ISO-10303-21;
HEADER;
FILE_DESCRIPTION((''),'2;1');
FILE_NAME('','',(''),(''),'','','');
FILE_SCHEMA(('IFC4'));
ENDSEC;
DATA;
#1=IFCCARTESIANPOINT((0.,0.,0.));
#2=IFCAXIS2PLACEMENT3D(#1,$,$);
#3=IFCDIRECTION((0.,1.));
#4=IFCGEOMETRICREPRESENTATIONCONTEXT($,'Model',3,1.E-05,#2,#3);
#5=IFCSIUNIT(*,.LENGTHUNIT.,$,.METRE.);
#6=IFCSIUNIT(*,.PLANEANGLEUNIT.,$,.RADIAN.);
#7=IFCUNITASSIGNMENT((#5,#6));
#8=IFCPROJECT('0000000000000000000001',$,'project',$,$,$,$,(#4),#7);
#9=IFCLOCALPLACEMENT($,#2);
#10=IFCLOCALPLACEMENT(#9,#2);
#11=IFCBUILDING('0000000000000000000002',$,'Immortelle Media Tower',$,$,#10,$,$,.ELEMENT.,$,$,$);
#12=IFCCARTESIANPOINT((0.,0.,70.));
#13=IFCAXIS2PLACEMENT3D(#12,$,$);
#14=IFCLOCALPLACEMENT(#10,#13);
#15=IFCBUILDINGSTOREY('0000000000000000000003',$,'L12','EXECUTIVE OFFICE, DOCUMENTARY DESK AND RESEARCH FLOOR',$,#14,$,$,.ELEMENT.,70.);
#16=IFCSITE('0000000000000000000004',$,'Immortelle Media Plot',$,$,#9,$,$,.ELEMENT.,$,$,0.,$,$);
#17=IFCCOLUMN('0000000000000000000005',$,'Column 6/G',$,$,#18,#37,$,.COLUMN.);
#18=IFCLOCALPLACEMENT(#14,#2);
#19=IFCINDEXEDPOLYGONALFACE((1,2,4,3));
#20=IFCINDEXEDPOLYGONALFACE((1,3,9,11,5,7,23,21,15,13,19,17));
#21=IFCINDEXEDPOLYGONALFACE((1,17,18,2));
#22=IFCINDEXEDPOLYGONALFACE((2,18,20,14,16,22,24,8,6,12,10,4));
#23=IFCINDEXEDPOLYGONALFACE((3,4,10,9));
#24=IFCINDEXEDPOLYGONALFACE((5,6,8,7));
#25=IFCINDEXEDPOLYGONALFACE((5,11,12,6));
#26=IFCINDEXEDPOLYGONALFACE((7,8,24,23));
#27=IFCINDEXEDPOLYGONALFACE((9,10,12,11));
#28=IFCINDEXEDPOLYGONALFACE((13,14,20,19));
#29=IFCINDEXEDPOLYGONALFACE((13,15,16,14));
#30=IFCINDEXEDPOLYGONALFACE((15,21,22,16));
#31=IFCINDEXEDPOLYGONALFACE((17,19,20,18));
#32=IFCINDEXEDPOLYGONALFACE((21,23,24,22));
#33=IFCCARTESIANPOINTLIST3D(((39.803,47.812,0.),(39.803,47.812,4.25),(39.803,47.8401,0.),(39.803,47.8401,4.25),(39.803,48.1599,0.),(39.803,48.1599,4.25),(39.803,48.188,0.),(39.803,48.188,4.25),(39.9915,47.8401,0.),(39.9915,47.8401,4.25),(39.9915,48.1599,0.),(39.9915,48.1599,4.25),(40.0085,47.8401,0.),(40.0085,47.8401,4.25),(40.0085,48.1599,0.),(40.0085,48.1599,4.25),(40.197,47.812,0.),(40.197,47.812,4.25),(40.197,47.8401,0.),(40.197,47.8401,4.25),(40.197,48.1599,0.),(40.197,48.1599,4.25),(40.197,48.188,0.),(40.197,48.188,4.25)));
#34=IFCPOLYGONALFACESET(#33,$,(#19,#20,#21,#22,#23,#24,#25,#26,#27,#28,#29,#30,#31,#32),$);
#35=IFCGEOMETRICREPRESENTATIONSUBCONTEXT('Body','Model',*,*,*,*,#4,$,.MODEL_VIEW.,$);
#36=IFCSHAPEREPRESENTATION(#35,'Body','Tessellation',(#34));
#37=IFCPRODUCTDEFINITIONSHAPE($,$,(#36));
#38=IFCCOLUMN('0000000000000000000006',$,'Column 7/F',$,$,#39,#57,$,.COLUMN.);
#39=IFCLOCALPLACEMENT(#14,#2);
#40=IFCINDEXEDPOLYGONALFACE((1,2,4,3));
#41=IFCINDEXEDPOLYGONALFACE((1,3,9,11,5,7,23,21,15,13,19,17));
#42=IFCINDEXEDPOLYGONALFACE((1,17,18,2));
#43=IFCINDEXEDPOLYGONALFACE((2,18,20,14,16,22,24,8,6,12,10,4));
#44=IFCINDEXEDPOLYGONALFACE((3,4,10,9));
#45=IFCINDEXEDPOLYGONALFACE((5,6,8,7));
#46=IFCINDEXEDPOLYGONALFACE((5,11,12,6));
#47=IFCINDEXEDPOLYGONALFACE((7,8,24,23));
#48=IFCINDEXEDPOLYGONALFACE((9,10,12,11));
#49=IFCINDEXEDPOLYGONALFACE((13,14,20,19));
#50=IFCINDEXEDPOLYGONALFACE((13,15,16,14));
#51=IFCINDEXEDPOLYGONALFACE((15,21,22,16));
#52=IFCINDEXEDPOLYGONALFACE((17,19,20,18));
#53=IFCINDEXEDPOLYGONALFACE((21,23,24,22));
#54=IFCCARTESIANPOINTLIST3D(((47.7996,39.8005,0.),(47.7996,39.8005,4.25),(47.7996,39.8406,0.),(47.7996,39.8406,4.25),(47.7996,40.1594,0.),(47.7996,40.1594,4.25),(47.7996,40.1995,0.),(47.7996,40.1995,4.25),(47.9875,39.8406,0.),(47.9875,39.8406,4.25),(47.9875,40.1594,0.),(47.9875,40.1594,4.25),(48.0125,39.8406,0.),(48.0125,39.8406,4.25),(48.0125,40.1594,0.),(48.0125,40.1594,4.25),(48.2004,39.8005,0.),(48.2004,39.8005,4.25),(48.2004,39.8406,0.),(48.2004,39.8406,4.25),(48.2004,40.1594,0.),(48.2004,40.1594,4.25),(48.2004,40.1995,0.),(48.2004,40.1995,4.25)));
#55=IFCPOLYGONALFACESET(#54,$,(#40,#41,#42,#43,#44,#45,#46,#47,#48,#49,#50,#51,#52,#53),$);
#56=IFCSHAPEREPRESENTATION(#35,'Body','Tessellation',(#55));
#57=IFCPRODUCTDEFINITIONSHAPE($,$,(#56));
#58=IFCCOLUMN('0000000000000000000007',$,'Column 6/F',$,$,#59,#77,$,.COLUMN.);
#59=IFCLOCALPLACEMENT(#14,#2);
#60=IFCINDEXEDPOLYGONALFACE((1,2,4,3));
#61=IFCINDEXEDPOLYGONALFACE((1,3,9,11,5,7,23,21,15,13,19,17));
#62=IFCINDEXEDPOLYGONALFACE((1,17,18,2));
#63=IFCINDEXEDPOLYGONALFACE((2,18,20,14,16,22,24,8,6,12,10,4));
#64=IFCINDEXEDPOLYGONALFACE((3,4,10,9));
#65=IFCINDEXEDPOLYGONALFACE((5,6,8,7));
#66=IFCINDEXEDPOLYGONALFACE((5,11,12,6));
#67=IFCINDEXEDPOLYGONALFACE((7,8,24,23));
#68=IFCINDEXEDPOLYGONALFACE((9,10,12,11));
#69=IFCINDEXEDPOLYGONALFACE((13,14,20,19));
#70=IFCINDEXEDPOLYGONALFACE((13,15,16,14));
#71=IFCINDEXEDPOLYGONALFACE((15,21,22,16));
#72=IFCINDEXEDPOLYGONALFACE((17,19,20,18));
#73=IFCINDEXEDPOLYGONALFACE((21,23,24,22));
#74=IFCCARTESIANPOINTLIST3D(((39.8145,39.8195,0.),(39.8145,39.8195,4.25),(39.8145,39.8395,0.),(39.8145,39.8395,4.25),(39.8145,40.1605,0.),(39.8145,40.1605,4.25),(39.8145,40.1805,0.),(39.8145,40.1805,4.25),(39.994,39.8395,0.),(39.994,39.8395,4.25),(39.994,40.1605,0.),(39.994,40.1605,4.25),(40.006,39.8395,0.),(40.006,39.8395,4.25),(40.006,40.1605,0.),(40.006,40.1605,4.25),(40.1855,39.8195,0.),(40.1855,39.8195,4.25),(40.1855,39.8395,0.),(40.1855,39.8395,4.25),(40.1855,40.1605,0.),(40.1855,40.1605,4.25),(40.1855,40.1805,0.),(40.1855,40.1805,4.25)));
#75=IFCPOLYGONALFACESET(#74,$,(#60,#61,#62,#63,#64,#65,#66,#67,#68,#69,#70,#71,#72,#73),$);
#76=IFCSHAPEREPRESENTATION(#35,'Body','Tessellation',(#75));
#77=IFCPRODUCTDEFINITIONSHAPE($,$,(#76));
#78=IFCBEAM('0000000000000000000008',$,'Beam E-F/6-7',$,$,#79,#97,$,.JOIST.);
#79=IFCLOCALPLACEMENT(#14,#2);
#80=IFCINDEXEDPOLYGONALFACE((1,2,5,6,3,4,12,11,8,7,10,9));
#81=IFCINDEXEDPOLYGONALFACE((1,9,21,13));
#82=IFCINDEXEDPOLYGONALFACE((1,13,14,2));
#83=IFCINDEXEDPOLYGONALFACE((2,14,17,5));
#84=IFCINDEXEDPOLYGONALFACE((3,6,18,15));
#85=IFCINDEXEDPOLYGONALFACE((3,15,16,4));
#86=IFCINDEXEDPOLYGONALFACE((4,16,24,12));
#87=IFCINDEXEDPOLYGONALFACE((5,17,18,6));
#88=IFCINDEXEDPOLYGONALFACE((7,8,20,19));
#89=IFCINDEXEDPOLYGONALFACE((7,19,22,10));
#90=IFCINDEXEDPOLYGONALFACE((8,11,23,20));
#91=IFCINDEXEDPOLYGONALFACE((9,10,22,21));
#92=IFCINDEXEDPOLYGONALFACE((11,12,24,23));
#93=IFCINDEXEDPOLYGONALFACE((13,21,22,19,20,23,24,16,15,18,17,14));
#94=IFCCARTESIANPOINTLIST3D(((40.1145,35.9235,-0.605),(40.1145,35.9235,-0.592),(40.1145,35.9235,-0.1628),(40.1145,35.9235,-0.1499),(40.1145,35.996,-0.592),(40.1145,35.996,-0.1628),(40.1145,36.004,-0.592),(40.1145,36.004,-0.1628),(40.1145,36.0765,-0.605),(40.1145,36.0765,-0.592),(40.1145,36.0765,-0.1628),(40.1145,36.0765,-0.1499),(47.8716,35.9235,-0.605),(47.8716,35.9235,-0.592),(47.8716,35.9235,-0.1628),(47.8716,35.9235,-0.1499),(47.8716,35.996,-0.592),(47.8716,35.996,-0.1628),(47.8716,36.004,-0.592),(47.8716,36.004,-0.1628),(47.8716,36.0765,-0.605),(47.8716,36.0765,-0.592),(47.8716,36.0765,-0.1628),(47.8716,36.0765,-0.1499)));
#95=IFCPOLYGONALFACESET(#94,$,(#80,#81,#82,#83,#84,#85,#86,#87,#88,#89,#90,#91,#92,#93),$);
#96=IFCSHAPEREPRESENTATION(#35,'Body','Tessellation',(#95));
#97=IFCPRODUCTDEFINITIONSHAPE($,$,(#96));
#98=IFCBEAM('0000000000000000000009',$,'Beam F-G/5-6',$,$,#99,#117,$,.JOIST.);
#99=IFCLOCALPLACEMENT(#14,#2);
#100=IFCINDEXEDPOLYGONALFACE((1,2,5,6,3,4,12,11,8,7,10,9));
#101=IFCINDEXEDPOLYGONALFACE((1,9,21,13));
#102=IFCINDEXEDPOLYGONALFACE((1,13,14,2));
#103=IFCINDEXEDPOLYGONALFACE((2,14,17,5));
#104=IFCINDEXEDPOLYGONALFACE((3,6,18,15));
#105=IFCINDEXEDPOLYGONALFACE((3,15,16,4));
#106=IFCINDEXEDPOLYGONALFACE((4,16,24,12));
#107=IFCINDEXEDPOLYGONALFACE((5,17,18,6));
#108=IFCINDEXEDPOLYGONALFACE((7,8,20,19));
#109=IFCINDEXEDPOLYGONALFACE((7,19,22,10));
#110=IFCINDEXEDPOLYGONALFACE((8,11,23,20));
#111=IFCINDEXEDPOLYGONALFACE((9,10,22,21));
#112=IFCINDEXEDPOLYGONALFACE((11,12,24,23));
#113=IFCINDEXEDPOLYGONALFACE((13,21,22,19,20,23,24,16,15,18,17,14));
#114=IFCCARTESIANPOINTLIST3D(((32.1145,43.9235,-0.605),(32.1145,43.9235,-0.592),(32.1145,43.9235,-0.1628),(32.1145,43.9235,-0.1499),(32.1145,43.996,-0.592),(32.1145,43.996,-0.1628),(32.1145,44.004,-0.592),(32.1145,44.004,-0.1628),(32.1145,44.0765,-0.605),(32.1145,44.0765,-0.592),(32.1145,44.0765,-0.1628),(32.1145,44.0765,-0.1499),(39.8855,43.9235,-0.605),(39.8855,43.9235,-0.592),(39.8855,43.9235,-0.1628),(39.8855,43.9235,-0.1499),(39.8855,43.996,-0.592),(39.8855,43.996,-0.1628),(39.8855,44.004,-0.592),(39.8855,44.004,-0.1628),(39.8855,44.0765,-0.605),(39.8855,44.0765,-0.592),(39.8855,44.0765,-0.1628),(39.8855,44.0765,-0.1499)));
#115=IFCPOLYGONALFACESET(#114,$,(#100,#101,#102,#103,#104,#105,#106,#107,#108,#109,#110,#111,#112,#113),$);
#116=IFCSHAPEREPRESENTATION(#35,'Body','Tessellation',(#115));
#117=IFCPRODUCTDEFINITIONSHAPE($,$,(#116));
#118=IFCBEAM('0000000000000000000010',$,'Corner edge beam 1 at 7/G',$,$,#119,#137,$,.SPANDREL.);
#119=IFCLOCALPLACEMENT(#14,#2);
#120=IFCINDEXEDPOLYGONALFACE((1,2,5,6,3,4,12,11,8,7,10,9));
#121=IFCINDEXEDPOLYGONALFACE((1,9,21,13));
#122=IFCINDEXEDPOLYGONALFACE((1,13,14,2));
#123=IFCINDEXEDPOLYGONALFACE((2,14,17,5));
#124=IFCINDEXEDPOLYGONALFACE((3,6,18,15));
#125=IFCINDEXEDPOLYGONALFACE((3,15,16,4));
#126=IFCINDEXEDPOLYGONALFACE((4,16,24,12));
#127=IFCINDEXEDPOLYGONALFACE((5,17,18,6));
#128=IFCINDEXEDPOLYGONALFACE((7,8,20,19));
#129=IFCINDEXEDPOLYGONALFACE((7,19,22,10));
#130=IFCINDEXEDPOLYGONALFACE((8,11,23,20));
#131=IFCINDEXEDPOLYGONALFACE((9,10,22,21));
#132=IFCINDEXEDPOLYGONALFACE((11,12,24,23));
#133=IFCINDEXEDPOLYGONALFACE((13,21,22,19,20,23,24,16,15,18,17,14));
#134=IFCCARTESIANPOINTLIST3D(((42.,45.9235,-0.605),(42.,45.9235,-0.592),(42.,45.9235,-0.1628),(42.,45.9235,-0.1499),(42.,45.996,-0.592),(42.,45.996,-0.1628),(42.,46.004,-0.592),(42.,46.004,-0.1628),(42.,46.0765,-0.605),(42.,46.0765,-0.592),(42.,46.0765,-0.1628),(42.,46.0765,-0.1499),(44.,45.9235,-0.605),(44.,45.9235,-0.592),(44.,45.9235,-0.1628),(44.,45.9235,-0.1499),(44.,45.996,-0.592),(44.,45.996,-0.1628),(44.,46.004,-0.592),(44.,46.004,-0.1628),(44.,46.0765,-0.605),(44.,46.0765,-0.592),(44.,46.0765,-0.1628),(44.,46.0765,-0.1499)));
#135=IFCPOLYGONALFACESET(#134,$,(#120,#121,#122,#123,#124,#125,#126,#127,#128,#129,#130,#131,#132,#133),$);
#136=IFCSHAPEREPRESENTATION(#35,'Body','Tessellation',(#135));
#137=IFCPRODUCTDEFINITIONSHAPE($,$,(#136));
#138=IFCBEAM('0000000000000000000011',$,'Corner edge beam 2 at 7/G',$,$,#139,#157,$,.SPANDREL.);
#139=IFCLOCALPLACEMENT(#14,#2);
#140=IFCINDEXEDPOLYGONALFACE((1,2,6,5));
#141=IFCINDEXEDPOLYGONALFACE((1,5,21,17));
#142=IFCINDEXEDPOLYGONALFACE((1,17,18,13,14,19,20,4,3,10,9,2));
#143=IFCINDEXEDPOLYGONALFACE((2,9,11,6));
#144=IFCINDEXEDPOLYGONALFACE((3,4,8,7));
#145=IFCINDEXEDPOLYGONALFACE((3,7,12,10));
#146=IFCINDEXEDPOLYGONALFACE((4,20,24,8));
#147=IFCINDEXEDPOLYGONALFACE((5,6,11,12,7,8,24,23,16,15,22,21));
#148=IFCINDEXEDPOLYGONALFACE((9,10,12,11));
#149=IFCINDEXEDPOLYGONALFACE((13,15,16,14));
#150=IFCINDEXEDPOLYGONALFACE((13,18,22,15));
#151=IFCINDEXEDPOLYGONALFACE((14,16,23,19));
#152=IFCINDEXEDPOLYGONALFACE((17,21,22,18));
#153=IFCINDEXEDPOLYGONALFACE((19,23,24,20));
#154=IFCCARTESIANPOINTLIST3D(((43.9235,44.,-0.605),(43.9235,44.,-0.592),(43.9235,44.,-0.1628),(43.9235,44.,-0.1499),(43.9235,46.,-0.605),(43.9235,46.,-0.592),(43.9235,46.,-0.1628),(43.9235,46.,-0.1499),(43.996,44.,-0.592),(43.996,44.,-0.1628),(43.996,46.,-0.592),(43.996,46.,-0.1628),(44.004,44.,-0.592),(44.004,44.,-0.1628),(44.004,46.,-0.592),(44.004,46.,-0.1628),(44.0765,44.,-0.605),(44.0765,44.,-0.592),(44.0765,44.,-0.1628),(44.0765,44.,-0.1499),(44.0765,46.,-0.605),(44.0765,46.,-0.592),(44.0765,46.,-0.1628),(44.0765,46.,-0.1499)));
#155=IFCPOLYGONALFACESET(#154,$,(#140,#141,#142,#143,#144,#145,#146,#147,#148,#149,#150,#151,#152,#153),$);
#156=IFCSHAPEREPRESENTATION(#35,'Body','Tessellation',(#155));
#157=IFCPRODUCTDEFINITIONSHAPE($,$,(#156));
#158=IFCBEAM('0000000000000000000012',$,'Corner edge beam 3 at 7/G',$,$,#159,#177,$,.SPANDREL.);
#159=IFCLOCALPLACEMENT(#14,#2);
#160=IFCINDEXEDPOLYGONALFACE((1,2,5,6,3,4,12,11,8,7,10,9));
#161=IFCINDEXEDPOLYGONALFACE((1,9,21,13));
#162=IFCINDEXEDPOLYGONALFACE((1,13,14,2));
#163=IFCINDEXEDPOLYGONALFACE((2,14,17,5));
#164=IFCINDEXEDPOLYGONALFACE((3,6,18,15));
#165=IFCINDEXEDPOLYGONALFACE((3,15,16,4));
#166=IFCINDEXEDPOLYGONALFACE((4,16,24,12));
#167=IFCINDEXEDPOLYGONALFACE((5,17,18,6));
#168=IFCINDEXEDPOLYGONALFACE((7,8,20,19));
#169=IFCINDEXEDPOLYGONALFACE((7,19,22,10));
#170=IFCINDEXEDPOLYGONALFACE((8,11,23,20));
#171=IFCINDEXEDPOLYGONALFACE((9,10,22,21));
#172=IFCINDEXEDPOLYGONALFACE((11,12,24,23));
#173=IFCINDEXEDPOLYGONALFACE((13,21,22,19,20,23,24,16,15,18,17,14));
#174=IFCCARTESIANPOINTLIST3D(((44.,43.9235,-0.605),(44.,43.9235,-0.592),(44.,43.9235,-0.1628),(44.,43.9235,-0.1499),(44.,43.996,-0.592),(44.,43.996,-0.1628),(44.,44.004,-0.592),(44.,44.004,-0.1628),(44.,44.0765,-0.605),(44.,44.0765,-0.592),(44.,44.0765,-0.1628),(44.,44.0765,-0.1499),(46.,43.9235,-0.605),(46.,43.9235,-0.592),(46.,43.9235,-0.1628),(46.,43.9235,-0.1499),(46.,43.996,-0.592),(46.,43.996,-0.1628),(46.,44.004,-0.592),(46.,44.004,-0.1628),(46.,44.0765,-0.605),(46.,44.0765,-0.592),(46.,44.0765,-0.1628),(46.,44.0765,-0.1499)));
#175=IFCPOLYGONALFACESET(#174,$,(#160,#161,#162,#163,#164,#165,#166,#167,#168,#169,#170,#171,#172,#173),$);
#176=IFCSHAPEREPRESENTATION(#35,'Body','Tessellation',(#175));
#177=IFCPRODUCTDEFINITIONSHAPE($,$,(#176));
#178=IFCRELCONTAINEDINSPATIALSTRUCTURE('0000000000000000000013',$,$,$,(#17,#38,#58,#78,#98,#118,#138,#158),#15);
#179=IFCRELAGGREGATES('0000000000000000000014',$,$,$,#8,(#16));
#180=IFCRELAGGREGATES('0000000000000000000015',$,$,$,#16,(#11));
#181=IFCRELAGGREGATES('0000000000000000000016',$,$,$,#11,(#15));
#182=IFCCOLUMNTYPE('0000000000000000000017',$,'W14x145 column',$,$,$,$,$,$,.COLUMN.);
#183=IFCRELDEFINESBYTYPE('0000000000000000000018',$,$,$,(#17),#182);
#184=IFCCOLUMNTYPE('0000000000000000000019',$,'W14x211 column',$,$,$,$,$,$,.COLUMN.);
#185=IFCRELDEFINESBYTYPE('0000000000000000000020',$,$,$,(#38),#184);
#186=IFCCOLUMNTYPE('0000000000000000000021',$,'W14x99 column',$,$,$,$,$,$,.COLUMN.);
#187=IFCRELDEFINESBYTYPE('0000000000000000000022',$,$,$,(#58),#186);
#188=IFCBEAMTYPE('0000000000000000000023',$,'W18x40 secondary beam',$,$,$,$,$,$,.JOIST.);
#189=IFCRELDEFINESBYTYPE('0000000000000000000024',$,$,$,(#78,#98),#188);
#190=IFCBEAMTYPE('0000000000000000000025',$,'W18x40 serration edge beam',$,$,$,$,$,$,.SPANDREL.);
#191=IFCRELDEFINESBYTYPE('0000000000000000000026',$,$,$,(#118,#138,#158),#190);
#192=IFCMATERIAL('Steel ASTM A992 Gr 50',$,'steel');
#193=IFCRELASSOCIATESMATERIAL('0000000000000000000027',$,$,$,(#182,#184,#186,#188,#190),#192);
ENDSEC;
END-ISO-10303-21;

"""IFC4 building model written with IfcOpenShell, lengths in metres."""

from ifc_helpers import new_model, si_unit, direction, frame, origin, origin_2d, place, context, subcontext, project, spatial, i_section, extrude, material, material_profile, profile_set, type_object, element, save


model = new_model("IFC4")

# Units and contexts
model_context = context("Model", 3, precision=1e-05, world=origin(), true_north=direction((0.0, 1.0)))
body_context = subcontext(model_context, "Body", "Model", "MODEL_VIEW")
ifc_project = project(units=[si_unit("LENGTHUNIT", "METRE"), si_unit("PLANEANGLEUNIT", "RADIAN")], contexts=[model_context])

# Site, building, storey
site_placement = place(None, origin())
site = spatial("IfcSite", under=ifc_project, at=site_placement, Name="Immortelle Media Plot", CompositionType="ELEMENT", RefElevation=0.0)
building_placement = place(site_placement, origin())
building = spatial("IfcBuilding", under=site, at=building_placement, Name="Immortelle Media Tower", CompositionType="ELEMENT")
storey_placement = place(building_placement, frame((0.0, 0.0, 70.0)))
storey = spatial("IfcBuildingStorey", under=building, at=storey_placement, Name="L12", Description="EXECUTIVE OFFICE, DOCUMENTARY DESK AND RESEARCH FLOOR", CompositionType="ELEMENT", Elevation=70.0)

# Columns
ifc_material_1 = material(Name="Steel ASTM A992 Gr 50", Category="steel")
ifc_material_profile_1 = material_profile(ifc_material_1, i_section(OverallWidth=0.394, OverallDepth=0.376, WebThickness=0.0171, FlangeThickness=0.0281, at=origin_2d()), Name="W14x145")
ifc_profile_set_1 = profile_set([ifc_material_profile_1], Name="Steel ASTM A992 Gr 50")
column_type_1 = type_object("IfcColumnType", Name="W14x145 column", PredefinedType="COLUMN", material=ifc_profile_set_1)
column_1_placement = place(storey_placement, frame((40.0, 48.0, 0.0), z_axis=(0.0, 0.0, 1.0), x_axis=(1.0, 0.0, 0.0)))
element("IfcColumn", 1, at=column_1_placement, inside=storey, type_object=column_type_1, Name="Column 6/G", PredefinedType="COLUMN", context=body_context, shape_type="SweptSolid", body=[
    extrude(i_section(OverallWidth=0.394, OverallDepth=0.376, WebThickness=0.0171, FlangeThickness=0.0281, at=origin_2d()), origin(), (0.0, 0.0, 1.0), 4.25),
])
ifc_material_profile_2 = material_profile(ifc_material_1, i_section(OverallWidth=0.4009, OverallDepth=0.3989, WebThickness=0.0249, FlangeThickness=0.04, at=origin_2d()), Name="W14x211")
ifc_profile_set_2 = profile_set([ifc_material_profile_2], Name="Steel ASTM A992 Gr 50")
column_type_2 = type_object("IfcColumnType", Name="W14x211 column", PredefinedType="COLUMN", material=ifc_profile_set_2)
column_2_placement = place(storey_placement, frame((48.0, 40.0, 0.0), z_axis=(0.0, 0.0, 1.0), x_axis=(1.0, 0.0, 0.0)))
element("IfcColumn", 2, at=column_2_placement, inside=storey, type_object=column_type_2, Name="Column 7/F", PredefinedType="COLUMN", context=body_context, shape_type="SweptSolid", body=[
    extrude(i_section(OverallWidth=0.4009, OverallDepth=0.3989, WebThickness=0.0249, FlangeThickness=0.04, at=origin_2d()), origin(), (0.0, 0.0, 1.0), 4.25),
])
ifc_material_profile_3 = material_profile(ifc_material_1, i_section(OverallWidth=0.3711, OverallDepth=0.3611, WebThickness=0.012, FlangeThickness=0.02, at=origin_2d()), Name="W14x99")
ifc_profile_set_3 = profile_set([ifc_material_profile_3], Name="Steel ASTM A992 Gr 50")
column_type_3 = type_object("IfcColumnType", Name="W14x99 column", PredefinedType="COLUMN", material=ifc_profile_set_3)
column_3_placement = place(storey_placement, frame((40.0, 40.0, 0.0), z_axis=(0.0, 0.0, 1.0), x_axis=(1.0, 0.0, 0.0)))
element("IfcColumn", 3, at=column_3_placement, inside=storey, type_object=column_type_3, Name="Column 6/F", PredefinedType="COLUMN", context=body_context, shape_type="SweptSolid", body=[
    extrude(i_section(OverallWidth=0.3711, OverallDepth=0.3611, WebThickness=0.012, FlangeThickness=0.02, at=origin_2d()), origin(), (0.0, 0.0, 1.0), 4.25),
])

# Beams
ifc_material_profile_4 = material_profile(ifc_material_1, i_section(OverallWidth=0.1531, OverallDepth=0.4551, WebThickness=0.0081, FlangeThickness=0.0129, at=origin_2d()), Name="W18x40")
ifc_profile_set_4 = profile_set([ifc_material_profile_4], Name="Steel ASTM A992 Gr 50")
beam_type_1 = type_object("IfcBeamType", Name="W18x40 secondary beam", PredefinedType="JOIST", material=ifc_profile_set_4)
beam_1_placement = place(storey_placement, frame((40.1145, 36.0, -0.3774), z_axis=(1.0, 0.0, 0.0), x_axis=(0.0, 1.0, 0.0)))
element("IfcBeam", 4, at=beam_1_placement, inside=storey, type_object=beam_type_1, Name="Beam E-F/6-7", PredefinedType="JOIST", context=body_context, shape_type="SweptSolid", body=[
    extrude(i_section(OverallWidth=0.1531, OverallDepth=0.4551, WebThickness=0.0081, FlangeThickness=0.0129, at=origin_2d()), origin(), (0.0, 0.0, 1.0), 7.7571),
])
beam_2_placement = place(storey_placement, frame((32.1145, 44.0, -0.3774), z_axis=(1.0, 0.0, 0.0), x_axis=(0.0, 1.0, 0.0)))
element("IfcBeam", 5, at=beam_2_placement, inside=storey, type_object=beam_type_1, Name="Beam F-G/5-6", PredefinedType="JOIST", context=body_context, shape_type="SweptSolid", body=[
    extrude(i_section(OverallWidth=0.1531, OverallDepth=0.4551, WebThickness=0.0081, FlangeThickness=0.0129, at=origin_2d()), origin(), (0.0, 0.0, 1.0), 7.771),
])
ifc_material_profile_5 = material_profile(ifc_material_1, i_section(OverallWidth=0.1531, OverallDepth=0.4551, WebThickness=0.0081, FlangeThickness=0.0129, at=origin_2d()), Name="W18x40")
ifc_profile_set_5 = profile_set([ifc_material_profile_5], Name="Steel ASTM A992 Gr 50")
beam_type_2 = type_object("IfcBeamType", Name="W18x40 serration edge beam", PredefinedType="SPANDREL", material=ifc_profile_set_5)
for number, where, z_axis, x_axis, name in (
    (6, (42.0, 46.0, -0.3774), (1.0, 0.0, 0.0), (0.0, 1.0, 0.0), "Corner edge beam 1 at 7/G"),
    (7, (44.0, 46.0, -0.3774), (0.0, -1.0, 0.0), (1.0, 0.0, 0.0), "Corner edge beam 2 at 7/G"),
    (8, (44.0, 44.0, -0.3774), (1.0, 0.0, 0.0), (0.0, 1.0, 0.0), "Corner edge beam 3 at 7/G"),
):
    element("IfcBeam", number, at=place(storey_placement, frame(where, z_axis=z_axis, x_axis=x_axis)), inside=storey, type_object=beam_type_2, Name=name, PredefinedType="SPANDREL", context=body_context, shape_type="SweptSolid", body=[
        extrude(i_section(OverallWidth=0.1531, OverallDepth=0.4551, WebThickness=0.0081, FlangeThickness=0.0129, at=origin_2d()), origin(), (0.0, 0.0, 1.0), 2.0),
    ])

save(model, "model.ifc")
